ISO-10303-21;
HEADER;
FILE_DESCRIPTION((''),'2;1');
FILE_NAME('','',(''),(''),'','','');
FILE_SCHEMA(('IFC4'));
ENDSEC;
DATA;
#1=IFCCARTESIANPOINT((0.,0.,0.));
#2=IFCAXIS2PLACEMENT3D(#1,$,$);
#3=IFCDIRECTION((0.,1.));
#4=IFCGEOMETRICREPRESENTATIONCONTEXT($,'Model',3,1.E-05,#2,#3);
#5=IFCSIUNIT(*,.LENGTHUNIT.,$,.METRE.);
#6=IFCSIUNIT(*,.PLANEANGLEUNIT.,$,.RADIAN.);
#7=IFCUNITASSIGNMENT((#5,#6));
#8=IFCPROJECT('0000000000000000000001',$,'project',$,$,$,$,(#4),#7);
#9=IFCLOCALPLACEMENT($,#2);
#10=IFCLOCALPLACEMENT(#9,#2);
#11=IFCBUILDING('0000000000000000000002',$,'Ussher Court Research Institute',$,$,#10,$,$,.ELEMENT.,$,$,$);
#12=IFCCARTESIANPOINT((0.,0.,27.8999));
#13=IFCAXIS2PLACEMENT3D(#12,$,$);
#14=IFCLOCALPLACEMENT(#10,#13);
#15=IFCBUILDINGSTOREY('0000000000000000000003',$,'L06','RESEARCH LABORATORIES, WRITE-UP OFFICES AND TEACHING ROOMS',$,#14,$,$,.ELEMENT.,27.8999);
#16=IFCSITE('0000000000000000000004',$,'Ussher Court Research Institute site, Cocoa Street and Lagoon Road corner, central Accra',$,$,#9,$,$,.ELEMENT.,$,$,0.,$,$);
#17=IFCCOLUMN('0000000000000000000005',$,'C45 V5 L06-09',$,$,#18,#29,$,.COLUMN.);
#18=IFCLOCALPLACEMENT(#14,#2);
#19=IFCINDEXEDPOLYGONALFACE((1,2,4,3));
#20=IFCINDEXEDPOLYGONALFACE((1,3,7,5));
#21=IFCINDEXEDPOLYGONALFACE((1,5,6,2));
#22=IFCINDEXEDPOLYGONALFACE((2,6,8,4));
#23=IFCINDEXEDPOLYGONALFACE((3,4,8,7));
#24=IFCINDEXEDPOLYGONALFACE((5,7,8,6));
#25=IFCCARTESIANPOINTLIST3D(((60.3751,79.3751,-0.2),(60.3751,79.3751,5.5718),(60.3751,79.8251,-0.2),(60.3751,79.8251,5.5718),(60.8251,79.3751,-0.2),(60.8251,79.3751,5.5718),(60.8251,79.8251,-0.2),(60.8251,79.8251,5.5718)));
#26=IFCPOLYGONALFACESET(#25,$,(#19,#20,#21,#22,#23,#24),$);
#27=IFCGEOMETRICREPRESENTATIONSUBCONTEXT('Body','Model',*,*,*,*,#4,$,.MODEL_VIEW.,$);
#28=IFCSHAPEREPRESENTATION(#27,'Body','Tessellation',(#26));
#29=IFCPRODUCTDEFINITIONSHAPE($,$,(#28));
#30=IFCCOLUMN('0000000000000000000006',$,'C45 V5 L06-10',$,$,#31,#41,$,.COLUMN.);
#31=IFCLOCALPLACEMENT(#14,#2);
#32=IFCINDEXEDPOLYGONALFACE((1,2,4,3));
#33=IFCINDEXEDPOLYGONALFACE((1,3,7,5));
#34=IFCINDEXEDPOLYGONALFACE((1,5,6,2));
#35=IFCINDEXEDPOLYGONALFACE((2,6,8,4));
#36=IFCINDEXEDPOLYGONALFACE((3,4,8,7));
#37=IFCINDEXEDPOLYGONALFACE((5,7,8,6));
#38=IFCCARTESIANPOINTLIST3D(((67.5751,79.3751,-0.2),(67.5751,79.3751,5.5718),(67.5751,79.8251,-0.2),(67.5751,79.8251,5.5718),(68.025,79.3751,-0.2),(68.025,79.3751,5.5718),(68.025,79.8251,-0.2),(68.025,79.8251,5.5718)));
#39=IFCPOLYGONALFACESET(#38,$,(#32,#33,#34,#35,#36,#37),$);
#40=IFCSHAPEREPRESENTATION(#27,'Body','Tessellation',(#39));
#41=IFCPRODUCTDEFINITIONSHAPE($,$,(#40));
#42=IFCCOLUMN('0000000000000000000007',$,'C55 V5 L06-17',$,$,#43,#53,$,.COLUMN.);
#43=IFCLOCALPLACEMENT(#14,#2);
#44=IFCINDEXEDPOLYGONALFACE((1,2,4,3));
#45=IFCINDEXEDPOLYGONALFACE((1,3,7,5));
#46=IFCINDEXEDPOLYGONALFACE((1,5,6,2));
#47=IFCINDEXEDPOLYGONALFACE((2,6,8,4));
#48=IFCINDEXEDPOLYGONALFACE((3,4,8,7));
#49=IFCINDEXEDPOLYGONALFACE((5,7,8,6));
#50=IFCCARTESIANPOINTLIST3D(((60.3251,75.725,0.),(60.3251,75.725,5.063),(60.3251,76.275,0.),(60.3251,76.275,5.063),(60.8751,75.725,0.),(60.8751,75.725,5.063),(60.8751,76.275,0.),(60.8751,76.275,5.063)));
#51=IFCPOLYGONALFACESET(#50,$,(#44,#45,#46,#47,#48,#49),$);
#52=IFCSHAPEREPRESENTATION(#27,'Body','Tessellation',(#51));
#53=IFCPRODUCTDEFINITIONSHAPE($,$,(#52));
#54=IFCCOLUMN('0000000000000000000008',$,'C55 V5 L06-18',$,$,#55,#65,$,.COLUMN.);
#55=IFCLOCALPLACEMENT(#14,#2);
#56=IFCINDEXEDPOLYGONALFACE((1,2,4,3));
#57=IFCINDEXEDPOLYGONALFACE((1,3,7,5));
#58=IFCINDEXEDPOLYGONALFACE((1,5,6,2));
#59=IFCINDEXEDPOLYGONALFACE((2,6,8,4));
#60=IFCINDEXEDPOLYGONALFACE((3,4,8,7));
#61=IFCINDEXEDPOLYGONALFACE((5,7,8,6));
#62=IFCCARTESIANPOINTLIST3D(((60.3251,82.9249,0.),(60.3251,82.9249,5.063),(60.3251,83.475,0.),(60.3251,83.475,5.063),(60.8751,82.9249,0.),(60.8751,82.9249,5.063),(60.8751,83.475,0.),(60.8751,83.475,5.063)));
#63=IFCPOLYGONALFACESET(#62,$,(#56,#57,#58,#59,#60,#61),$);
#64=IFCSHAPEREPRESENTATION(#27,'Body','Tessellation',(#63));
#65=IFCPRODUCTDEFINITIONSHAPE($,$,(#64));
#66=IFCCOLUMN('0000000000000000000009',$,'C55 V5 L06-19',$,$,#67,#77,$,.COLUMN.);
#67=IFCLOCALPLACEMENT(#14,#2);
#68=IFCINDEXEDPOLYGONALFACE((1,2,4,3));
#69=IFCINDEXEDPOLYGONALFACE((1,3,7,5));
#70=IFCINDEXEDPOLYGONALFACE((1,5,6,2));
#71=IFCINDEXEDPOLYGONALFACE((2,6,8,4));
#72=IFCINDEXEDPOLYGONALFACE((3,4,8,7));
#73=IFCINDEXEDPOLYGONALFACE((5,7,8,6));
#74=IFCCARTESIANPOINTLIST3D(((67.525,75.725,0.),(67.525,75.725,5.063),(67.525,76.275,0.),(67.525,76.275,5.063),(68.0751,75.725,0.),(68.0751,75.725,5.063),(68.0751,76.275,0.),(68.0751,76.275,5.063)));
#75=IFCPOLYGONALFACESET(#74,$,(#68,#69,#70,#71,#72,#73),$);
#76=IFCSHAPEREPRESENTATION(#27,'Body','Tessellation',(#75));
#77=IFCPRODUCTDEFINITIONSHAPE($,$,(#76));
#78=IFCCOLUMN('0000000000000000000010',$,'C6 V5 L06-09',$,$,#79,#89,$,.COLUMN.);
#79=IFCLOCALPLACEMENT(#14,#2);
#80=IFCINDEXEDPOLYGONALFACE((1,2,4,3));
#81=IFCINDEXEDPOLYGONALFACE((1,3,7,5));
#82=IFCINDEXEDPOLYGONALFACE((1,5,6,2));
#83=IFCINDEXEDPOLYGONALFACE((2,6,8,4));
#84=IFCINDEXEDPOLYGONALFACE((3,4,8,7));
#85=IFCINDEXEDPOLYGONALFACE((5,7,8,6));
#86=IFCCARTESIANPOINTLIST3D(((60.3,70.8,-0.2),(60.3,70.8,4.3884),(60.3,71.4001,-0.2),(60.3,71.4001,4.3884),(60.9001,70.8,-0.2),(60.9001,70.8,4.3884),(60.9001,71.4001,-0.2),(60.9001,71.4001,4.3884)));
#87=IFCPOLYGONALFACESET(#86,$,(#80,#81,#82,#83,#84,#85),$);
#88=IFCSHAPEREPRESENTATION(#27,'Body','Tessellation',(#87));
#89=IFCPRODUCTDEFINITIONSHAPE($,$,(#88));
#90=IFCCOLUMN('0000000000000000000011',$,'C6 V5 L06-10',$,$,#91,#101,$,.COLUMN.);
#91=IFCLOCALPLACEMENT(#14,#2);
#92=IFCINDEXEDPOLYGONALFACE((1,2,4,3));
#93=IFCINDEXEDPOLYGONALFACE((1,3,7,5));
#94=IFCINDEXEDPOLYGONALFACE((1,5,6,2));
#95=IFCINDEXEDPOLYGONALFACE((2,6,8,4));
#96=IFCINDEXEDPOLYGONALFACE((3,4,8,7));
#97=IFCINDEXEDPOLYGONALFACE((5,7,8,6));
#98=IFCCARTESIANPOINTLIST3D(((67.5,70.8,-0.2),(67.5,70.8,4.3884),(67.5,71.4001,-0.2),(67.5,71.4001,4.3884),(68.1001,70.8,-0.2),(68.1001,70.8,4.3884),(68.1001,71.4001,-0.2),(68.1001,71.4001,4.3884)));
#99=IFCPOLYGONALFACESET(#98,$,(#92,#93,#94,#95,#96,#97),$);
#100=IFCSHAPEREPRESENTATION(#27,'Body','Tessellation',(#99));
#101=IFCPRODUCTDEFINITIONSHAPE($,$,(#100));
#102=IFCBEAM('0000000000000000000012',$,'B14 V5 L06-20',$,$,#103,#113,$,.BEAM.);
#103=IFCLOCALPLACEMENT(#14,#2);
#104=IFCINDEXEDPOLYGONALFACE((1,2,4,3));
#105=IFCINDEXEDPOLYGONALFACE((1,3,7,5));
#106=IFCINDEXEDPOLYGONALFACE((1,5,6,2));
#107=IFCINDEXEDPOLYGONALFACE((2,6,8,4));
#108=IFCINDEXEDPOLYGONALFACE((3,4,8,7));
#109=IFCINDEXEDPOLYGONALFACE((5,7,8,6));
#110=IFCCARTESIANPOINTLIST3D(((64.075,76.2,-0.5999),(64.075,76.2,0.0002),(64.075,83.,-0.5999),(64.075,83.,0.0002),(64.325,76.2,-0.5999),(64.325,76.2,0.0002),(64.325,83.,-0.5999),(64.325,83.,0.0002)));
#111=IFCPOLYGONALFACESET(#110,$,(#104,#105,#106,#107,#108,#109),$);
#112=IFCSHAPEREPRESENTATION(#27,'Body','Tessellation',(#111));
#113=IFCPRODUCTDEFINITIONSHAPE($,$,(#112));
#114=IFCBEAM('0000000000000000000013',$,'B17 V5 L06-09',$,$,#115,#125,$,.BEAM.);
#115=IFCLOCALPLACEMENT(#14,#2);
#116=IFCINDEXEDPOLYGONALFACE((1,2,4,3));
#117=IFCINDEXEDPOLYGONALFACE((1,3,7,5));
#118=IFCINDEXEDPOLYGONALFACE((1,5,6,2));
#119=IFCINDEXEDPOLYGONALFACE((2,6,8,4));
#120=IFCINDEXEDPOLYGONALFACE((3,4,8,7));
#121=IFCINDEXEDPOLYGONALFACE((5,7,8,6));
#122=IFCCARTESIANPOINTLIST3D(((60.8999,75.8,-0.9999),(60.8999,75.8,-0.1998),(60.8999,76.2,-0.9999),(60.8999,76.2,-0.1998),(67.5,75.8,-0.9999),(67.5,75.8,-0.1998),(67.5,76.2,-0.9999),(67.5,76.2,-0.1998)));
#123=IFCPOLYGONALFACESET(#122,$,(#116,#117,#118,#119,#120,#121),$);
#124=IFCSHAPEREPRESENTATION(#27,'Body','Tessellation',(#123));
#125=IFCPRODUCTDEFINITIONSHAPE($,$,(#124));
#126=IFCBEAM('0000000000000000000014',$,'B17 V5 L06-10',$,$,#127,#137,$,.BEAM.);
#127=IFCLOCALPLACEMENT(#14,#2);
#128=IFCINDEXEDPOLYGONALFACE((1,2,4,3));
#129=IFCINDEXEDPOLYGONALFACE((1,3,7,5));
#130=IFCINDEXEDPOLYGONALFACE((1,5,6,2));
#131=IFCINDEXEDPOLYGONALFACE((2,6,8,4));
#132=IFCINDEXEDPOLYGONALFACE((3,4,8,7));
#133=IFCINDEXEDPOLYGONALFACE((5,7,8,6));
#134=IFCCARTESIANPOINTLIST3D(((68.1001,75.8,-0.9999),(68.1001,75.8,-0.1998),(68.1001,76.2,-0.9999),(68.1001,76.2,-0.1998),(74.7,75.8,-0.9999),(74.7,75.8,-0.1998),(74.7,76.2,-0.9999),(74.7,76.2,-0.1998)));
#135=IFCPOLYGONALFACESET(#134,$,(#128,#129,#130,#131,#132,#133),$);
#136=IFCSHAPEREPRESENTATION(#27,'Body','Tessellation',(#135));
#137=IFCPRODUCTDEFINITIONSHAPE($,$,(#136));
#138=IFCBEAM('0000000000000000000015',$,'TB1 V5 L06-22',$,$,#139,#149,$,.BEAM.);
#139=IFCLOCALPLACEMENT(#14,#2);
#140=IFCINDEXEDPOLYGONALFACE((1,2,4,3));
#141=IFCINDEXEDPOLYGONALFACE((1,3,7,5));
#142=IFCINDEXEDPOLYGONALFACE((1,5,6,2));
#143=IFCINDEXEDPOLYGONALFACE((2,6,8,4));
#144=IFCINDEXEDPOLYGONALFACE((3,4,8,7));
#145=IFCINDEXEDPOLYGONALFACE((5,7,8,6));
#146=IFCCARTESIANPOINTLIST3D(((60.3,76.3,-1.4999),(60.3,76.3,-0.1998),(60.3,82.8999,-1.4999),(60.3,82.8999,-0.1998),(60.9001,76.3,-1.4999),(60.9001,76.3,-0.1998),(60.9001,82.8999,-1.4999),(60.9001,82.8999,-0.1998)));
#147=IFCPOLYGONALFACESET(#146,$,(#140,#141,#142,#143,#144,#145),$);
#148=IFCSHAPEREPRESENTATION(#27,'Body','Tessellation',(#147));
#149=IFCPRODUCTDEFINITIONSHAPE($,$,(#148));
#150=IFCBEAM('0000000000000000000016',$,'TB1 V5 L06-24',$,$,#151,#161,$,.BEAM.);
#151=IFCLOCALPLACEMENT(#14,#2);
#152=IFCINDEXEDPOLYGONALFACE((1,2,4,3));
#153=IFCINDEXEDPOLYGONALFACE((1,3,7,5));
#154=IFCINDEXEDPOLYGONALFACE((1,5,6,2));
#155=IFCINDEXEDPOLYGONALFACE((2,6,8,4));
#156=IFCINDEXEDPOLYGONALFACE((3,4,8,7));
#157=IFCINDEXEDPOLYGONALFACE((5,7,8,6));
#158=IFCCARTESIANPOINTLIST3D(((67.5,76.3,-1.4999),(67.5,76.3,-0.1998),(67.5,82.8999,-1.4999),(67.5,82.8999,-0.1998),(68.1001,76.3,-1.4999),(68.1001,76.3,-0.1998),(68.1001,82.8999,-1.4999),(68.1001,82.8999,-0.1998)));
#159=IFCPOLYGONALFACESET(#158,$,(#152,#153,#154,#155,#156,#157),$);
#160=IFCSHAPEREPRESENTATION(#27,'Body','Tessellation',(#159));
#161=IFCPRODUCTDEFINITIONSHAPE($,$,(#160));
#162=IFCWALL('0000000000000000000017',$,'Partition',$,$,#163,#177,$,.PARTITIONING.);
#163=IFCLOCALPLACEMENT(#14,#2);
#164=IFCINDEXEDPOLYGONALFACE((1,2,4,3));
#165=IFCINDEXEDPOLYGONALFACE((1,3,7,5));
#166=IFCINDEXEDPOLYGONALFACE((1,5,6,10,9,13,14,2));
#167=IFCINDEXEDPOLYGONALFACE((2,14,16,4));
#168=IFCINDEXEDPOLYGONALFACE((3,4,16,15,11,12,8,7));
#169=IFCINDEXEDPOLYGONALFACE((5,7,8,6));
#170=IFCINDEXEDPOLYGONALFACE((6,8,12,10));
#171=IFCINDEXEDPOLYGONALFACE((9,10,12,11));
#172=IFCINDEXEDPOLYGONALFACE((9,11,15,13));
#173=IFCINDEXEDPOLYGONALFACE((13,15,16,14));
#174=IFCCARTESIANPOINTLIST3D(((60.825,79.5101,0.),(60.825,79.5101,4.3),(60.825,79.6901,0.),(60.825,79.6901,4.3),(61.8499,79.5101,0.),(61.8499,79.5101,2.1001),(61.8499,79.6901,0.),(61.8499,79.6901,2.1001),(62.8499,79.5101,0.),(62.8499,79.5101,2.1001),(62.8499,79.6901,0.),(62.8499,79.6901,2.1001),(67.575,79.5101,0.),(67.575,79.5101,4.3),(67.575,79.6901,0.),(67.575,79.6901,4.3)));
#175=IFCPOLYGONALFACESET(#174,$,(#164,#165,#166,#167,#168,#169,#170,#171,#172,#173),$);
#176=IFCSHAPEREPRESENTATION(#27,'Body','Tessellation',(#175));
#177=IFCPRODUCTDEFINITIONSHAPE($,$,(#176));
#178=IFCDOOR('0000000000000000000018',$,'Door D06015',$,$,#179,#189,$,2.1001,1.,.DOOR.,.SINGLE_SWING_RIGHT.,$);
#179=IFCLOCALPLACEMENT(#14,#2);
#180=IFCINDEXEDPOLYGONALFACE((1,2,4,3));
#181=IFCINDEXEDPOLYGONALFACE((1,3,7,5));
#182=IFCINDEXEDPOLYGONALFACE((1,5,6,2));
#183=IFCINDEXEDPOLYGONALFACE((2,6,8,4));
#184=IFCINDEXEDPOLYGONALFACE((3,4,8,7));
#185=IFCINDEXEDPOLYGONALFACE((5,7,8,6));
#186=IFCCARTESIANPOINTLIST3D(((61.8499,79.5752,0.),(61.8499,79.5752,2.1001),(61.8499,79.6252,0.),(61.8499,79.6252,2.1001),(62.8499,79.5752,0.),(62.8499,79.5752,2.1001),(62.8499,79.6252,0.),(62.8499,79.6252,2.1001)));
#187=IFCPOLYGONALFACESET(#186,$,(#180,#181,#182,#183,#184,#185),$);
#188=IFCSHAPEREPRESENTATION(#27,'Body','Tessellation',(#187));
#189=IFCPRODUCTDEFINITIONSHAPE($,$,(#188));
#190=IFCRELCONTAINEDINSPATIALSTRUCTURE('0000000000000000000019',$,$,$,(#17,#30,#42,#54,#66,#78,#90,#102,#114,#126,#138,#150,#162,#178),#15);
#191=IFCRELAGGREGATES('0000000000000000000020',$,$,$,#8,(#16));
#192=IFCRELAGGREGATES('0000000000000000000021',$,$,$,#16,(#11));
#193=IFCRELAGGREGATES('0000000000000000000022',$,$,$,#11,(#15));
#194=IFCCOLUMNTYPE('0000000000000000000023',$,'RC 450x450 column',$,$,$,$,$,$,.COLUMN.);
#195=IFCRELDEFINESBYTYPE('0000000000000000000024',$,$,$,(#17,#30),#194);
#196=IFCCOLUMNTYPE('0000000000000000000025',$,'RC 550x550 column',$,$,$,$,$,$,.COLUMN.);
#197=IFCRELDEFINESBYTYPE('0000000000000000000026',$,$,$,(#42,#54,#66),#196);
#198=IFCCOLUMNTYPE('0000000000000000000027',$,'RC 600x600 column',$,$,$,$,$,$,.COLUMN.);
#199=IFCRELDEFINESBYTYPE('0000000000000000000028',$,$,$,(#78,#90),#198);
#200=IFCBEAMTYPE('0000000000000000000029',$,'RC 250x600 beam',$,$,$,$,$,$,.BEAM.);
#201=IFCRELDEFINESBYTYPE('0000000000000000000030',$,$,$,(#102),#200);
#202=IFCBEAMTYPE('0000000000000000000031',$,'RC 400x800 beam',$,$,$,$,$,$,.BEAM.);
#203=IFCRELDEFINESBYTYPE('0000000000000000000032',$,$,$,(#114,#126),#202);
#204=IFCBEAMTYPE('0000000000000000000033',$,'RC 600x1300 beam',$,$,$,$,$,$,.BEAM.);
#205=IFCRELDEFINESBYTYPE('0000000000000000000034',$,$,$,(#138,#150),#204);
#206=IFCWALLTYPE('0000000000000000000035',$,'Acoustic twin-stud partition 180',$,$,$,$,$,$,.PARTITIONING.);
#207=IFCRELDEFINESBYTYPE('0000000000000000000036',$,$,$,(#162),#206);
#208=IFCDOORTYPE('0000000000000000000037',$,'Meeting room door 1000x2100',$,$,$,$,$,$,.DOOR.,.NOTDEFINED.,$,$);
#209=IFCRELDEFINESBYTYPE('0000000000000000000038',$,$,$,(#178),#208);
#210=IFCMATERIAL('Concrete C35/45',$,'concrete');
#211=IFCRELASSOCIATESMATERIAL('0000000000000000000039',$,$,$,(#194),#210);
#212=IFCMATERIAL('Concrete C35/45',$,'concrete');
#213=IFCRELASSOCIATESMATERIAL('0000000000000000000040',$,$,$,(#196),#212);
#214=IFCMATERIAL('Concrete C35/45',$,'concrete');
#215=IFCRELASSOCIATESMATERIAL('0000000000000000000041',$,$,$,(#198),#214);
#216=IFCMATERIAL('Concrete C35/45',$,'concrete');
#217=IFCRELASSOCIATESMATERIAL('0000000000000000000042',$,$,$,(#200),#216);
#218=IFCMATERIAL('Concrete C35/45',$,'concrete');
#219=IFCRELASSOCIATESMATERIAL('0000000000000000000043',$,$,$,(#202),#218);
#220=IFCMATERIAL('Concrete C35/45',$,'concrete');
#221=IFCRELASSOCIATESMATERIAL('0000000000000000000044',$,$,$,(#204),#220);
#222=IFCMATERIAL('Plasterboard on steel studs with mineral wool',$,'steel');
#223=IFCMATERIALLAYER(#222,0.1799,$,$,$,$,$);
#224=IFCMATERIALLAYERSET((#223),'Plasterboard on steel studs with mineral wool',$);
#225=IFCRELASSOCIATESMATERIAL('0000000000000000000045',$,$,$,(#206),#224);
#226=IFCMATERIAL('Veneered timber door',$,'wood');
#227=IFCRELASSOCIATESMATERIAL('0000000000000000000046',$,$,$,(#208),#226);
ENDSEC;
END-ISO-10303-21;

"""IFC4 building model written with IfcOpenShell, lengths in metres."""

from ifc_helpers import new_model, si_unit, direction, frame, frame_2d, origin, origin_2d, place, context, subcontext, project, spatial, rectangle, extrude, material, layer, layer_set, material_profile, profile_set, type_object, element, fill, save


model = new_model("IFC4")

# Units and contexts
model_context = context("Model", 3, precision=1e-05, world=origin(), true_north=direction((0.0, 1.0)))
body_context = subcontext(model_context, "Body", "Model", "MODEL_VIEW")
ifc_project = project(units=[si_unit("LENGTHUNIT", "METRE"), si_unit("PLANEANGLEUNIT", "RADIAN")], contexts=[model_context])

# Site, building, storey
site_placement = place(None, origin())
site = spatial("IfcSite", under=ifc_project, at=site_placement, Name="Ussher Court Research Institute site, Cocoa Street and Lagoon Road corner, central Accra", CompositionType="ELEMENT", RefElevation=0.0)
building_placement = place(site_placement, origin())
building = spatial("IfcBuilding", under=site, at=building_placement, Name="Ussher Court Research Institute", CompositionType="ELEMENT")
storey_placement = place(building_placement, frame((0.0, 0.0, 27.8999)))
storey = spatial("IfcBuildingStorey", under=building, at=storey_placement, Name="L06", Description="RESEARCH LABORATORIES, WRITE-UP OFFICES AND TEACHING ROOMS", CompositionType="ELEMENT", Elevation=27.8999)

# Columns
ifc_material_1 = material(Name="Concrete C35/45", Category="concrete")
ifc_material_profile_1 = material_profile(ifc_material_1, rectangle(XDim=0.45, YDim=0.45, at=origin_2d()), Name="RC 450x450")
ifc_profile_set_1 = profile_set([ifc_material_profile_1], Name="Concrete C35/45")
column_type_1 = type_object("IfcColumnType", Name="RC 450x450 column", PredefinedType="COLUMN", material=ifc_profile_set_1)
for number, where, z_axis, x_axis, name in (
    (1, (60.6001, 79.6001, -0.2), (0.0, 0.0, 1.0), (1.0, 0.0, 0.0), "C45 V5 L06-09"),
    (2, (67.8, 79.6001, -0.2), (0.0, 0.0, 1.0), (1.0, 0.0, 0.0), "C45 V5 L06-10"),
):
    element("IfcColumn", number, at=place(storey_placement, frame(where, z_axis=z_axis, x_axis=x_axis)), inside=storey, type_object=column_type_1, Name=name, PredefinedType="COLUMN", context=body_context, shape_type="SweptSolid", body=[
        extrude(rectangle(XDim=0.45, YDim=0.45, at=origin_2d()), origin(), (0.0, 0.0, 1.0), 5.7717),
    ])
ifc_material_2 = material(Name="Concrete C35/45", Category="concrete")
ifc_material_profile_2 = material_profile(ifc_material_2, rectangle(XDim=0.55, YDim=0.55, at=origin_2d()), Name="RC 550x550")
ifc_profile_set_2 = profile_set([ifc_material_profile_2], Name="Concrete C35/45")
column_type_2 = type_object("IfcColumnType", Name="RC 550x550 column", PredefinedType="COLUMN", material=ifc_profile_set_2)
for number, where, z_axis, x_axis, name in (
    (3, (60.6001, 76.0, 0.0), (0.0, 0.0, 1.0), (1.0, 0.0, 0.0), "C55 V5 L06-17"),
    (4, (60.6001, 83.2, 0.0), (0.0, 0.0, 1.0), (1.0, 0.0, 0.0), "C55 V5 L06-18"),
    (5, (67.8, 76.0, 0.0), (0.0, 0.0, 1.0), (1.0, 0.0, 0.0), "C55 V5 L06-19"),
):
    element("IfcColumn", number, at=place(storey_placement, frame(where, z_axis=z_axis, x_axis=x_axis)), inside=storey, type_object=column_type_2, Name=name, PredefinedType="COLUMN", context=body_context, shape_type="SweptSolid", body=[
        extrude(rectangle(XDim=0.55, YDim=0.55, at=origin_2d()), origin(), (0.0, 0.0, 1.0), 5.063),
    ])
ifc_material_3 = material(Name="Concrete C35/45", Category="concrete")
ifc_material_profile_3 = material_profile(ifc_material_3, rectangle(XDim=0.6001, YDim=0.6001, at=origin_2d()), Name="RC 600x600")
ifc_profile_set_3 = profile_set([ifc_material_profile_3], Name="Concrete C35/45")
column_type_3 = type_object("IfcColumnType", Name="RC 600x600 column", PredefinedType="COLUMN", material=ifc_profile_set_3)
for number, where, z_axis, x_axis, name in (
    (6, (60.6001, 71.1001, -0.2), (0.0, 0.0, 1.0), (1.0, 0.0, 0.0), "C6 V5 L06-09"),
    (7, (67.8, 71.1001, -0.2), (0.0, 0.0, 1.0), (1.0, 0.0, 0.0), "C6 V5 L06-10"),
):
    element("IfcColumn", number, at=place(storey_placement, frame(where, z_axis=z_axis, x_axis=x_axis)), inside=storey, type_object=column_type_3, Name=name, PredefinedType="COLUMN", context=body_context, shape_type="SweptSolid", body=[
        extrude(rectangle(XDim=0.6001, YDim=0.6001, at=origin_2d()), origin(), (0.0, 0.0, 1.0), 4.5884),
    ])

# Beams
ifc_material_4 = material(Name="Concrete C35/45", Category="concrete")
ifc_material_profile_4 = material_profile(ifc_material_4, rectangle(XDim=0.25, YDim=0.6001, at=origin_2d()), Name="RC 250x600")
ifc_profile_set_4 = profile_set([ifc_material_profile_4], Name="Concrete C35/45")
beam_type_1 = type_object("IfcBeamType", Name="RC 250x600 beam", PredefinedType="BEAM", material=ifc_profile_set_4)
beam_1_placement = place(storey_placement, frame((64.2, 76.2, -0.2998), z_axis=(0.0, 1.0, 0.0), x_axis=(-1.0, 0.0, 0.0)))
element("IfcBeam", 8, at=beam_1_placement, inside=storey, type_object=beam_type_1, Name="B14 V5 L06-20", PredefinedType="BEAM", context=body_context, shape_type="SweptSolid", body=[
    extrude(rectangle(XDim=0.25, YDim=0.6001, at=origin_2d()), origin(), (0.0, 0.0, 1.0), 6.8),
])
ifc_material_5 = material(Name="Concrete C35/45", Category="concrete")
ifc_material_profile_5 = material_profile(ifc_material_5, rectangle(XDim=0.3999, YDim=0.8, at=origin_2d()), Name="RC 400x800")
ifc_profile_set_5 = profile_set([ifc_material_profile_5], Name="Concrete C35/45")
beam_type_2 = type_object("IfcBeamType", Name="RC 400x800 beam", PredefinedType="BEAM", material=ifc_profile_set_5)
beam_2_placement = place(storey_placement, frame((60.8999, 76.0, -0.5999), z_axis=(1.0, 0.0, 0.0), x_axis=(0.0, 1.0, 0.0)))
element("IfcBeam", 9, at=beam_2_placement, inside=storey, type_object=beam_type_2, Name="B17 V5 L06-09", PredefinedType="BEAM", context=body_context, shape_type="SweptSolid", body=[
    extrude(rectangle(XDim=0.3999, YDim=0.8, at=origin_2d()), origin(), (0.0, 0.0, 1.0), 6.6001),
])
beam_3_placement = place(storey_placement, frame((68.1001, 76.0, -0.5999), z_axis=(1.0, 0.0, 0.0), x_axis=(0.0, 1.0, 0.0)))
element("IfcBeam", 10, at=beam_3_placement, inside=storey, type_object=beam_type_2, Name="B17 V5 L06-10", PredefinedType="BEAM", context=body_context, shape_type="SweptSolid", body=[
    extrude(rectangle(XDim=0.3999, YDim=0.8, at=origin_2d()), origin(), (0.0, 0.0, 1.0), 6.5999),
])
ifc_material_6 = material(Name="Concrete C35/45", Category="concrete")
ifc_material_profile_6 = material_profile(ifc_material_6, rectangle(XDim=0.6001, YDim=1.3, at=origin_2d()), Name="RC 600x1300")
ifc_profile_set_6 = profile_set([ifc_material_profile_6], Name="Concrete C35/45")
beam_type_3 = type_object("IfcBeamType", Name="RC 600x1300 beam", PredefinedType="BEAM", material=ifc_profile_set_6)
for number, where, z_axis, x_axis, name in (
    (11, (60.6001, 76.3, -0.8499), (0.0, 1.0, 0.0), (-1.0, 0.0, 0.0), "TB1 V5 L06-22"),
    (12, (67.8, 76.3, -0.8499), (0.0, 1.0, 0.0), (-1.0, 0.0, 0.0), "TB1 V5 L06-24"),
):
    element("IfcBeam", number, at=place(storey_placement, frame(where, z_axis=z_axis, x_axis=x_axis)), inside=storey, type_object=beam_type_3, Name=name, PredefinedType="BEAM", context=body_context, shape_type="SweptSolid", body=[
        extrude(rectangle(XDim=0.6001, YDim=1.3, at=origin_2d()), origin(), (0.0, 0.0, 1.0), 6.5999),
    ])

# Wall, opening, door
ifc_material_7 = material(Name="Plasterboard on steel studs with mineral wool", Category="steel")
ifc_layer_1 = layer(ifc_material_7, 0.1799)
ifc_layer_set_1 = layer_set([ifc_layer_1], Name="Plasterboard on steel studs with mineral wool")
wall_type_1 = type_object("IfcWallType", Name="Acoustic twin-stud partition 180", PredefinedType="PARTITIONING", material=ifc_layer_set_1)
wall_1_placement = place(storey_placement, frame((67.575, 79.6001, 0.0), z_axis=(0.0, 0.0, 1.0), x_axis=(-1.0, 0.0, 0.0)))
wall_1 = element("IfcWall", 13, at=wall_1_placement, inside=storey, type_object=wall_type_1, Name="Partition", PredefinedType="PARTITIONING", context=body_context, shape_type="SweptSolid", body=[
    extrude(rectangle(XDim=6.75, YDim=0.1799, at=frame_2d((3.375, 0.0))), origin(), (0.0, 0.0, 1.0), 4.3),
])
opening_placement = place(wall_1_placement, frame((4.7251, 0.0, 0.0)))
opening = element("IfcOpeningElement", 14, at=opening_placement, cuts=wall_1, PredefinedType="OPENING", context=body_context, shape_type="SweptSolid", body=[
    extrude(rectangle(XDim=1.0, YDim=2.1001, at=frame_2d((0.5, 1.05))), frame((0.0, 0.1001, 0.0), z_axis=(0.0, -1.0, 0.0), x_axis=(1.0, 0.0, 0.0)), (0.0, 0.0, 1.0), 0.2),
])
ifc_material_8 = material(Name="Veneered timber door", Category="wood")
door_type = type_object("IfcDoorType", Name="Meeting room door 1000x2100", OperationType="NOTDEFINED", PredefinedType="DOOR", material=ifc_material_8)
door_placement = place(opening_placement, origin())
door = element("IfcDoor", 15, at=door_placement, inside=storey, type_object=door_type, Name="Door D06015", OperationType="SINGLE_SWING_RIGHT", OverallHeight=2.1001, OverallWidth=1.0, PredefinedType="DOOR", context=body_context, shape_type="SweptSolid", body=[
    extrude(rectangle(XDim=1.0, YDim=2.1001, at=frame_2d((0.5, 1.05))), frame((0.0, 0.0249, 0.0), z_axis=(0.0, -1.0, 0.0), x_axis=(1.0, 0.0, 0.0)), (0.0, 0.0, 1.0), 0.05),
])
fill(opening, door)

save(model, "model.ifc")
